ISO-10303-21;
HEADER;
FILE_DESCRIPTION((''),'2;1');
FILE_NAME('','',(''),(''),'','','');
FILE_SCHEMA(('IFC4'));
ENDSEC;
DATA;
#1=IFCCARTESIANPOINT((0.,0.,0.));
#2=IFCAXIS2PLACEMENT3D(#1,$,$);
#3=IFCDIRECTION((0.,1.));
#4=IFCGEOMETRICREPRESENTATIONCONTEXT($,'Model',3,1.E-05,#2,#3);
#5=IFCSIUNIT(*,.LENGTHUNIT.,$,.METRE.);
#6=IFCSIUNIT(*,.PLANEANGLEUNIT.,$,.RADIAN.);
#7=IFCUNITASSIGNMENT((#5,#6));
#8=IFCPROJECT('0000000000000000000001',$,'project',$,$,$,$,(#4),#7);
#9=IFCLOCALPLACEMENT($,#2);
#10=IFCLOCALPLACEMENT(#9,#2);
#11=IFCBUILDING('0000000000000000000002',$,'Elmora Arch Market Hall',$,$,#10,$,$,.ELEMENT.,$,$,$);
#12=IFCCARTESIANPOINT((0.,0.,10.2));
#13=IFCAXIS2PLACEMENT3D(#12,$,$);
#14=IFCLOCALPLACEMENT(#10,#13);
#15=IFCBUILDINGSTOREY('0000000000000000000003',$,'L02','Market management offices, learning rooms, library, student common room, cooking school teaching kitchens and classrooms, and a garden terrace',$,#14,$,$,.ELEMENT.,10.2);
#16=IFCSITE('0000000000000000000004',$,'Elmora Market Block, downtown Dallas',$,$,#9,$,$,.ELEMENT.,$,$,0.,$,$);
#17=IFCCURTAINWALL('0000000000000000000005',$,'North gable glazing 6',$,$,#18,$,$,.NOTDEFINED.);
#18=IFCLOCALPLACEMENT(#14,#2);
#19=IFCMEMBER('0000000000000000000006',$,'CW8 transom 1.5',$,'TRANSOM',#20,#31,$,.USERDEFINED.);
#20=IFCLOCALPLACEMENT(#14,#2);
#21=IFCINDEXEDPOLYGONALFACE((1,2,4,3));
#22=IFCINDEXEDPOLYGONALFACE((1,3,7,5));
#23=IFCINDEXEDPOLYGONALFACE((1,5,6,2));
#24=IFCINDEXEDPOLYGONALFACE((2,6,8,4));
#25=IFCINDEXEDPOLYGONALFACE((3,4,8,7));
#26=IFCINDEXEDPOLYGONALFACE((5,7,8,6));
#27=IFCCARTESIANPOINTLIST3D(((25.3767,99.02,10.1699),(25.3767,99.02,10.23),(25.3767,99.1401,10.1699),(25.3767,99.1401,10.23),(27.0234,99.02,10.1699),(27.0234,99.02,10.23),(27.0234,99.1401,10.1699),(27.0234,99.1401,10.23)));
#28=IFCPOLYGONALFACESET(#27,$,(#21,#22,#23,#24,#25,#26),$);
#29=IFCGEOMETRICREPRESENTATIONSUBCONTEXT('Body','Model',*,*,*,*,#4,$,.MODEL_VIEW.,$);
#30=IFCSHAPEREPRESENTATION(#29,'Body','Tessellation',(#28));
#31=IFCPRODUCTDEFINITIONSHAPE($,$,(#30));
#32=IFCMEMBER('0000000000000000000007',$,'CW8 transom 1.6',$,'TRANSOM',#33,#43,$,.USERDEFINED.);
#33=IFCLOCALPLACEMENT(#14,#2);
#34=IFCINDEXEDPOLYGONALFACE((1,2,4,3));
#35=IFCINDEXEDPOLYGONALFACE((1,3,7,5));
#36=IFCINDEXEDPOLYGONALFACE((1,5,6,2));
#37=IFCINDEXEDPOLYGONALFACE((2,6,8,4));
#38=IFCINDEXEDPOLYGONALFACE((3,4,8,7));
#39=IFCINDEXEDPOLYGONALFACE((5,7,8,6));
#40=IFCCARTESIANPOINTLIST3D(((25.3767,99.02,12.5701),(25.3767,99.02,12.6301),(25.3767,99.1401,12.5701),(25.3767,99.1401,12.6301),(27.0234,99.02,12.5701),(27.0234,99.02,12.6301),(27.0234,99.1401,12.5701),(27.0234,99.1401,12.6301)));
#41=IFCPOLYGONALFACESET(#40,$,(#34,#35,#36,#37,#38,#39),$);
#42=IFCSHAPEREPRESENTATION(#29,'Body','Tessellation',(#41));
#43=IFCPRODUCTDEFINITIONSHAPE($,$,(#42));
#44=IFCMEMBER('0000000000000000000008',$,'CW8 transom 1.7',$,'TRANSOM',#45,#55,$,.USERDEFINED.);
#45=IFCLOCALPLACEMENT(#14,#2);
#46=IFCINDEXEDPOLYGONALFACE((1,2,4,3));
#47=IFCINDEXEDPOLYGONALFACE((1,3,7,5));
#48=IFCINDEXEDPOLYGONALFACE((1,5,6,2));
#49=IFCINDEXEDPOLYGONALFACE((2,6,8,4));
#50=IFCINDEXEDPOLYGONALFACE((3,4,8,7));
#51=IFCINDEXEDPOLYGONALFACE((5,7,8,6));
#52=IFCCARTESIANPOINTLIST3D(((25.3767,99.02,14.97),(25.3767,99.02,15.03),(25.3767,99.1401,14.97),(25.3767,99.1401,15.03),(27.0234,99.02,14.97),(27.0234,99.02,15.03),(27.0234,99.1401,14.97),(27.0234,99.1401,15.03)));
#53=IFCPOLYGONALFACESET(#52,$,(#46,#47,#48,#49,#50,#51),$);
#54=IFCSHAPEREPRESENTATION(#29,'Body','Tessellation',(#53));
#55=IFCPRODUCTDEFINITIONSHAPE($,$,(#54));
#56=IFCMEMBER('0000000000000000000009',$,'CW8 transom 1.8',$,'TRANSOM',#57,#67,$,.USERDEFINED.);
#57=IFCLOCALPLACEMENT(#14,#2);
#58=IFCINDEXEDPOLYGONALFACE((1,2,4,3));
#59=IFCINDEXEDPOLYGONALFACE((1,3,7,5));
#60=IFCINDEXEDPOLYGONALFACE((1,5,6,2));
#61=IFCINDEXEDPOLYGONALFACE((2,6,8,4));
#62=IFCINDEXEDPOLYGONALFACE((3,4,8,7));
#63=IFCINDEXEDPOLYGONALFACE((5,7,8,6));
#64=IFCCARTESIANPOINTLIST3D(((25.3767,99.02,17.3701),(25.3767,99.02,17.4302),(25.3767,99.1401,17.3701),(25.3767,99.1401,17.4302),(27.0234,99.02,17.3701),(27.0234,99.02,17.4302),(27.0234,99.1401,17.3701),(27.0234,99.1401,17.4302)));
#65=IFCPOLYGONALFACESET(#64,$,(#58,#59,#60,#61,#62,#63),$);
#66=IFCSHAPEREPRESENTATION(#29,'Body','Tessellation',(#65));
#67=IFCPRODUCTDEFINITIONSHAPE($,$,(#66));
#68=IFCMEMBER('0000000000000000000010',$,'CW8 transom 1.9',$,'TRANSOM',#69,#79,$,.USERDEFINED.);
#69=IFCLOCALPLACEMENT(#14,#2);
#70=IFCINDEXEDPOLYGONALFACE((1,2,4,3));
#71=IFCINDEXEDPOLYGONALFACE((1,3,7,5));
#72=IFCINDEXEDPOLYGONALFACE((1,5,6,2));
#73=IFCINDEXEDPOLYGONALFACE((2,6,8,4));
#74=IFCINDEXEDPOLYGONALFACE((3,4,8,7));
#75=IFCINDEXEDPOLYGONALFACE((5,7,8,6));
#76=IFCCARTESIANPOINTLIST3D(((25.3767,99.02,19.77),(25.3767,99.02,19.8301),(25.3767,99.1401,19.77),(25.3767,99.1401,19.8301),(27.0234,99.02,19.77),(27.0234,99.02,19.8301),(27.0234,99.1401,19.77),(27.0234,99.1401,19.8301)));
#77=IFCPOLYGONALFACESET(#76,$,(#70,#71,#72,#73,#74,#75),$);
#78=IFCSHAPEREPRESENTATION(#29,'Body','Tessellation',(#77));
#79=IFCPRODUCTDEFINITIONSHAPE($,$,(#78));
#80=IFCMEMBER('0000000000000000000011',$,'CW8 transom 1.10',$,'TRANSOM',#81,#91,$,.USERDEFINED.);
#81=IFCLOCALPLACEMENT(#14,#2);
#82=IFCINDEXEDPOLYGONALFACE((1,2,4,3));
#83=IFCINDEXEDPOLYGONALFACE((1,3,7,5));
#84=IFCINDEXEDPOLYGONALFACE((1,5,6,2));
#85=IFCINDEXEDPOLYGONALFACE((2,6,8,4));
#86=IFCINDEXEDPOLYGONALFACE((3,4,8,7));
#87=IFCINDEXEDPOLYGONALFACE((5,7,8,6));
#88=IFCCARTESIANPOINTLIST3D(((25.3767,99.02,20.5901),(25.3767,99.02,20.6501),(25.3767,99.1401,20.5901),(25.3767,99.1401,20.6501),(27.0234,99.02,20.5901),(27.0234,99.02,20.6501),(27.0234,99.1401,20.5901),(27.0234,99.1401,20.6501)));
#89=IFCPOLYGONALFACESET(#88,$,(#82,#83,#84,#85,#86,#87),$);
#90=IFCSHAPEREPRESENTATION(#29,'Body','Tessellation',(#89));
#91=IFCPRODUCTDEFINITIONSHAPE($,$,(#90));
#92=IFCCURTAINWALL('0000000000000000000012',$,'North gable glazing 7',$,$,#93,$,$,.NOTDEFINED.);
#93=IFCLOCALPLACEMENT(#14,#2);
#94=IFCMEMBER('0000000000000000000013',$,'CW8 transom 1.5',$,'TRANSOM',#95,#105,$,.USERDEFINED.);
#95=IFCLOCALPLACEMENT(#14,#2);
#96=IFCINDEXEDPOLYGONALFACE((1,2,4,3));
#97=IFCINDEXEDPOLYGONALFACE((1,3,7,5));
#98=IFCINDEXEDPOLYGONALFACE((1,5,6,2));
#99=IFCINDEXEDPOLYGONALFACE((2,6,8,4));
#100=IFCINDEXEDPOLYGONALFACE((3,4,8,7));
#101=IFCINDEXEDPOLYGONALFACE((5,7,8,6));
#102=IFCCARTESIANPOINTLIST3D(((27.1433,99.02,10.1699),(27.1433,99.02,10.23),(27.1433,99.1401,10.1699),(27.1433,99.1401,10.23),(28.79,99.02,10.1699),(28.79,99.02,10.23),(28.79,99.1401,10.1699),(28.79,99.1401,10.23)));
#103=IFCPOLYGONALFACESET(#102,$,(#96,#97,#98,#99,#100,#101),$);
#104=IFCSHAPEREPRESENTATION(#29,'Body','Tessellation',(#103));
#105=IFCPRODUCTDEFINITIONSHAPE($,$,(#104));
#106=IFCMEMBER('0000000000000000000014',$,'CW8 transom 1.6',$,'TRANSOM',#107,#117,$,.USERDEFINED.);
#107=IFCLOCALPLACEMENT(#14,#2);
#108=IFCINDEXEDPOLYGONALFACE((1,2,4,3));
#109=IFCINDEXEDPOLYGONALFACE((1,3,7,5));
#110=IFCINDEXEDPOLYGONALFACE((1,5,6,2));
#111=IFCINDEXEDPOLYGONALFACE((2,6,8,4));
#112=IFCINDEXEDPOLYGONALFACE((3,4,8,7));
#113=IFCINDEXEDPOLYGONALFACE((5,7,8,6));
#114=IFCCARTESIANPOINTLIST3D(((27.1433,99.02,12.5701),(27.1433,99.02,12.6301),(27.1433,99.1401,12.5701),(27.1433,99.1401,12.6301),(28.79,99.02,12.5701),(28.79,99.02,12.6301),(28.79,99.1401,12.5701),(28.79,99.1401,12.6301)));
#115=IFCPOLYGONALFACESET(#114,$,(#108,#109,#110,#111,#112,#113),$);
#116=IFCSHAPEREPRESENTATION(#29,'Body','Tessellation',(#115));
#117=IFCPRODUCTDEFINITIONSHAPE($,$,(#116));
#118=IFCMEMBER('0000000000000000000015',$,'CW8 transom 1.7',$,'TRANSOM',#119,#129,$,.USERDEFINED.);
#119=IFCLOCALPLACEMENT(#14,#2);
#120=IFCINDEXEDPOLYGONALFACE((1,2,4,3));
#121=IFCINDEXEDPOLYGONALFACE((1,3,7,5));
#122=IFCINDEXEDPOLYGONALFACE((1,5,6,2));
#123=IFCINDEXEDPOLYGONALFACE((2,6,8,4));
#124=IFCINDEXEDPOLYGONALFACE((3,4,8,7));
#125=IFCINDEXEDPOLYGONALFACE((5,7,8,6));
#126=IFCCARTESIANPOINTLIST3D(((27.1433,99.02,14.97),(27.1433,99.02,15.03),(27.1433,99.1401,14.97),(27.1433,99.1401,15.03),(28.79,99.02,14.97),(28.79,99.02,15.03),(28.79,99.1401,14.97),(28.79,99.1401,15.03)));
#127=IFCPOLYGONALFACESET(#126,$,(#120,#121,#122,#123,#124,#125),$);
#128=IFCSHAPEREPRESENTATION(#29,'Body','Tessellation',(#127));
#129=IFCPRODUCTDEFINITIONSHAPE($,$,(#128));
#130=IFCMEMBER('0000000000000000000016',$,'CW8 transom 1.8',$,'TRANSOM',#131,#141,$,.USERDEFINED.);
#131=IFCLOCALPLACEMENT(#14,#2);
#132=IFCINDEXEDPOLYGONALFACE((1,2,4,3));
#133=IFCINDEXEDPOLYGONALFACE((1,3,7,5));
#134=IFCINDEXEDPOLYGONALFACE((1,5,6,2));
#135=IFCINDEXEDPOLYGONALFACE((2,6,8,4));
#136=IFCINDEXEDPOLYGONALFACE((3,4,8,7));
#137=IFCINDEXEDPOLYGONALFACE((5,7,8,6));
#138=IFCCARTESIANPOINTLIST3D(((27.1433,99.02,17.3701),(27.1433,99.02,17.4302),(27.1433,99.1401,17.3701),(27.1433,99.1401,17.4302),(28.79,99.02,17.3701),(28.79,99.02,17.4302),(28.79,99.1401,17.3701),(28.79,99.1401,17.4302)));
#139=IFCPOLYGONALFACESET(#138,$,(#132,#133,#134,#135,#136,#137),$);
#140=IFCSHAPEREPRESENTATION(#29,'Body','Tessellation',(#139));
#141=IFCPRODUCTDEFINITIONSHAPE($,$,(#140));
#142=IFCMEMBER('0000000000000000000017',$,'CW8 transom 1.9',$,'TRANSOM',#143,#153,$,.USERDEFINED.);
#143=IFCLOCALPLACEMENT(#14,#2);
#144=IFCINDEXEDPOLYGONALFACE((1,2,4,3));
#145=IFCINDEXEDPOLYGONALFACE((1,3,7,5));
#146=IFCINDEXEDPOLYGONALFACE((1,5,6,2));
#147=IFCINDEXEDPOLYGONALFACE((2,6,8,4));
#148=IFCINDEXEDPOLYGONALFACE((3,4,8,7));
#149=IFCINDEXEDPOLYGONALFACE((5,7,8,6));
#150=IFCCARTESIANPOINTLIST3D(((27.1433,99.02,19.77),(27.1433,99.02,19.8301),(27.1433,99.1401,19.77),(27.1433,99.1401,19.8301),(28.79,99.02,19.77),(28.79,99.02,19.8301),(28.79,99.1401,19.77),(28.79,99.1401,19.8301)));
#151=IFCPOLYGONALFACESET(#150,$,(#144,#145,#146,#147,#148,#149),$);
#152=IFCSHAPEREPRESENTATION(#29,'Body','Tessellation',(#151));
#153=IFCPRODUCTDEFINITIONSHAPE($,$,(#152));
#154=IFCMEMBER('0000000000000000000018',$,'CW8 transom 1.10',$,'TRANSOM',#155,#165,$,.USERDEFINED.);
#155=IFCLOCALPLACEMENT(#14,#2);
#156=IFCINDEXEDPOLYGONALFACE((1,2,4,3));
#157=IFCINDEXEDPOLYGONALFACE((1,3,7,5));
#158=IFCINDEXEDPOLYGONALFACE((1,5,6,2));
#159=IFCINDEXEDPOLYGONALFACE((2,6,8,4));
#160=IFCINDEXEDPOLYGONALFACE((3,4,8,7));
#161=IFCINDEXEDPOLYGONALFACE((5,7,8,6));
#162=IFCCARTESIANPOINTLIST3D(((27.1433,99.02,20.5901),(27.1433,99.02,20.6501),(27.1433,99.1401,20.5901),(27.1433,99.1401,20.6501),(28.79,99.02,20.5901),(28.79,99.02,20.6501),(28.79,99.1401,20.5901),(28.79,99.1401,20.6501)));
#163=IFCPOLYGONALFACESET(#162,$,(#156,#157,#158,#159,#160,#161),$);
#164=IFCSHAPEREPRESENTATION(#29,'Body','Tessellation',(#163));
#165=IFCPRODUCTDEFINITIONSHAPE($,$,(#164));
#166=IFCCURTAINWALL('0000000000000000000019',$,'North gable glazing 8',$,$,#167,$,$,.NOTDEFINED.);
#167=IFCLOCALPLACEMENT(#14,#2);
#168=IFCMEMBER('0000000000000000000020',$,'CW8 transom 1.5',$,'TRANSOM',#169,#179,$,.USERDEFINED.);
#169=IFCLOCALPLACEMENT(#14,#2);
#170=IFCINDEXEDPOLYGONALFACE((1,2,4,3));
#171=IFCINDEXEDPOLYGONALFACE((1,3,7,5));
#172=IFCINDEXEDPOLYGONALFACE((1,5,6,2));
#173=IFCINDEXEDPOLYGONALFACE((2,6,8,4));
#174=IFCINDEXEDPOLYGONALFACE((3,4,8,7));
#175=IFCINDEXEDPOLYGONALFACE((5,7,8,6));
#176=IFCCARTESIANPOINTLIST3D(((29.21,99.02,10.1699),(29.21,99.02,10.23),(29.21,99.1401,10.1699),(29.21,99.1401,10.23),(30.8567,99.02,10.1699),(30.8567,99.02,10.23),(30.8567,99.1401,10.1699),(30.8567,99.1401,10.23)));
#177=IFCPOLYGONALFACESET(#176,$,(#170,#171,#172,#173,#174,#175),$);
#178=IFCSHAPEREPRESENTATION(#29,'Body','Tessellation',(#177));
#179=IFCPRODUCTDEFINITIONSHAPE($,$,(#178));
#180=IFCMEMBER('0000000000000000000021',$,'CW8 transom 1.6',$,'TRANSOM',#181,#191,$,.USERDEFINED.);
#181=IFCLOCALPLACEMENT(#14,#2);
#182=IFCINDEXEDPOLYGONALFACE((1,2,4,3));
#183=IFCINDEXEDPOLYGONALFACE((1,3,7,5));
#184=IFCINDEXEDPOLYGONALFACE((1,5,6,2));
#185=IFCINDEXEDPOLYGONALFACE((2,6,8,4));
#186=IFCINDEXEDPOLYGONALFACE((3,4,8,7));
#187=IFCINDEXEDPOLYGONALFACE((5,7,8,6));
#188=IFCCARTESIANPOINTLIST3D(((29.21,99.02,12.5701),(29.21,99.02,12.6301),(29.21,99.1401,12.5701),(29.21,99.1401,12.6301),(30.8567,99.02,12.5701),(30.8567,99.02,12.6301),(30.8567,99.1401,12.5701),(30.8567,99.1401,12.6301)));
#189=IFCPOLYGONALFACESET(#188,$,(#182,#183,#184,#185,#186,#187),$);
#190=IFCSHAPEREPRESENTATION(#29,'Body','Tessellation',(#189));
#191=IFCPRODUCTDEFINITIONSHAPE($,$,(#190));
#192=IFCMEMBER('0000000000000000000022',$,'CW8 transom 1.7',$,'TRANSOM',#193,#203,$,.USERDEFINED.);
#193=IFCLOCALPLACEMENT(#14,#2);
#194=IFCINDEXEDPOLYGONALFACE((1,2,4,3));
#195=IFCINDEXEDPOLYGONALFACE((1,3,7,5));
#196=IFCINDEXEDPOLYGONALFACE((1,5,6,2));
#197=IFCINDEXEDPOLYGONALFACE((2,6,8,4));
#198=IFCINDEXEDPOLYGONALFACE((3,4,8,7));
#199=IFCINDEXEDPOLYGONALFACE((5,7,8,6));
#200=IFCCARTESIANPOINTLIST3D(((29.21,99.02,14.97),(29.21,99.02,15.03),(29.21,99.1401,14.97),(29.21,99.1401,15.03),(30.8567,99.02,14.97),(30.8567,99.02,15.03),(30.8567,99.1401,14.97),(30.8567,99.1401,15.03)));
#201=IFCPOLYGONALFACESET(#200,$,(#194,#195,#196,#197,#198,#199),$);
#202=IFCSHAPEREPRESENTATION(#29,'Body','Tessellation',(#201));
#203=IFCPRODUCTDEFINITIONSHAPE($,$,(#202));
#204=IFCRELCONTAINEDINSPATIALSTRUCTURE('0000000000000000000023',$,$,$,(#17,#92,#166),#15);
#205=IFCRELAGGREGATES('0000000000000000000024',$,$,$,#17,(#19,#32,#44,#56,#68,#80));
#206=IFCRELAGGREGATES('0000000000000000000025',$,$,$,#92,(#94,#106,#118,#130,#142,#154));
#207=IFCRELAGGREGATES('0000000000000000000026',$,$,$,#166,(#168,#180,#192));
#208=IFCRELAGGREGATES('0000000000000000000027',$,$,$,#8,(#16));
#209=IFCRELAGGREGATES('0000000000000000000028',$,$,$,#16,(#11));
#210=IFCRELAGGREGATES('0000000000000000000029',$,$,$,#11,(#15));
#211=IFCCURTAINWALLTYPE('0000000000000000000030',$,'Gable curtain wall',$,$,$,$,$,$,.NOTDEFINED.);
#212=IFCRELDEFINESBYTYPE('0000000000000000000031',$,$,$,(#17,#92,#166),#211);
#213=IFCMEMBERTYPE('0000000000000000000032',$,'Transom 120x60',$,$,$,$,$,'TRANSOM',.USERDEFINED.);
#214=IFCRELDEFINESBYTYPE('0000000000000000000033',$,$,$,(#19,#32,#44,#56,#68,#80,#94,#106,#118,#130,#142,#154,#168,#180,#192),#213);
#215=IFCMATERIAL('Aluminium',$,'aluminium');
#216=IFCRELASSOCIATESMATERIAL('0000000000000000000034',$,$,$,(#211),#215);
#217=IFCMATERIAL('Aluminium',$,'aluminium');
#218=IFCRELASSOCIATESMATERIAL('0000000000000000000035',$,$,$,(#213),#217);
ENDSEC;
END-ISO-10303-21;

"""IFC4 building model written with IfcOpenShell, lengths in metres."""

from ifc_helpers import new_model, si_unit, direction, frame, origin, origin_2d, place, context, subcontext, project, spatial, rectangle, extrude, material, material_profile, profile_set, type_object, element, aggregate, save


model = new_model("IFC4")

# Units and contexts
model_context = context("Model", 3, precision=1e-05, world=origin(), true_north=direction((0.0, 1.0)))
body_context = subcontext(model_context, "Body", "Model", "MODEL_VIEW")
ifc_project = project(units=[si_unit("LENGTHUNIT", "METRE"), si_unit("PLANEANGLEUNIT", "RADIAN")], contexts=[model_context])

# Site, building, storey
site_placement = place(None, origin())
site = spatial("IfcSite", under=ifc_project, at=site_placement, Name="Elmora Market Block, downtown Dallas", CompositionType="ELEMENT", RefElevation=0.0)
building_placement = place(site_placement, origin())
building = spatial("IfcBuilding", under=site, at=building_placement, Name="Elmora Arch Market Hall", CompositionType="ELEMENT")
storey_placement = place(building_placement, frame((0.0, 0.0, 10.2)))
storey = spatial("IfcBuildingStorey", under=building, at=storey_placement, Name="L02", Description="Market management offices, learning rooms, library, student common room, cooking school teaching kitchens and classrooms, and a garden terrace", CompositionType="ELEMENT", Elevation=10.2)

# Curtain walls, members
ifc_material_1 = material(Name="Aluminium", Category="aluminium")
curtain_wall_type = type_object("IfcCurtainWallType", Name="Gable curtain wall", PredefinedType="NOTDEFINED", material=ifc_material_1)
curtain_wall_1_placement = place(storey_placement, origin())
curtain_wall_1 = element("IfcCurtainWall", 1, at=curtain_wall_1_placement, inside=storey, type_object=curtain_wall_type, Name="North gable glazing 6", PredefinedType="NOTDEFINED")
ifc_material_2 = material(Name="Aluminium", Category="aluminium")
ifc_material_profile = material_profile(ifc_material_2, rectangle(XDim=0.1201, YDim=0.0601, at=origin_2d()), Name="AL 120x60")
ifc_profile_set = profile_set([ifc_material_profile], Name="Aluminium")
member_type = type_object("IfcMemberType", Name="Transom 120x60", ElementType="TRANSOM", PredefinedType="USERDEFINED", material=ifc_profile_set)
member_1_placement = place(storey_placement, frame((25.3767, 99.0801, 10.2), z_axis=(1.0, 0.0, 0.0), x_axis=(0.0, 1.0, 0.0)))
member_1 = element("IfcMember", 2, at=member_1_placement, type_object=member_type, Name="CW8 transom 1.5", ObjectType="TRANSOM", PredefinedType="USERDEFINED", context=body_context, shape_type="SweptSolid", body=[
    extrude(rectangle(XDim=0.1201, YDim=0.0601, at=origin_2d()), origin(), (0.0, 0.0, 1.0), 1.6467),
])
member_2_placement = place(storey_placement, frame((25.3767, 99.0801, 12.6001), z_axis=(1.0, 0.0, 0.0), x_axis=(0.0, 1.0, 0.0)))
member_2 = element("IfcMember", 3, at=member_2_placement, type_object=member_type, Name="CW8 transom 1.6", ObjectType="TRANSOM", PredefinedType="USERDEFINED", context=body_context, shape_type="SweptSolid", body=[
    extrude(rectangle(XDim=0.1201, YDim=0.0601, at=origin_2d()), origin(), (0.0, 0.0, 1.0), 1.6467),
])
member_3_placement = place(storey_placement, frame((25.3767, 99.0801, 15.0), z_axis=(1.0, 0.0, 0.0), x_axis=(0.0, 1.0, 0.0)))
member_3 = element("IfcMember", 4, at=member_3_placement, type_object=member_type, Name="CW8 transom 1.7", ObjectType="TRANSOM", PredefinedType="USERDEFINED", context=body_context, shape_type="SweptSolid", body=[
    extrude(rectangle(XDim=0.1201, YDim=0.0601, at=origin_2d()), origin(), (0.0, 0.0, 1.0), 1.6467),
])
member_4_placement = place(storey_placement, frame((25.3767, 99.0801, 17.4001), z_axis=(1.0, 0.0, 0.0), x_axis=(0.0, 1.0, 0.0)))
member_4 = element("IfcMember", 5, at=member_4_placement, type_object=member_type, Name="CW8 transom 1.8", ObjectType="TRANSOM", PredefinedType="USERDEFINED", context=body_context, shape_type="SweptSolid", body=[
    extrude(rectangle(XDim=0.1201, YDim=0.0601, at=origin_2d()), origin(), (0.0, 0.0, 1.0), 1.6467),
])
member_5_placement = place(storey_placement, frame((25.3767, 99.0801, 19.8), z_axis=(1.0, 0.0, 0.0), x_axis=(0.0, 1.0, 0.0)))
member_5 = element("IfcMember", 6, at=member_5_placement, type_object=member_type, Name="CW8 transom 1.9", ObjectType="TRANSOM", PredefinedType="USERDEFINED", context=body_context, shape_type="SweptSolid", body=[
    extrude(rectangle(XDim=0.1201, YDim=0.0601, at=origin_2d()), origin(), (0.0, 0.0, 1.0), 1.6467),
])
member_6_placement = place(storey_placement, frame((25.3767, 99.0801, 20.6201), z_axis=(1.0, 0.0, 0.0), x_axis=(0.0, 1.0, 0.0)))
member_6 = element("IfcMember", 7, at=member_6_placement, type_object=member_type, Name="CW8 transom 1.10", ObjectType="TRANSOM", PredefinedType="USERDEFINED", context=body_context, shape_type="SweptSolid", body=[
    extrude(rectangle(XDim=0.1201, YDim=0.0601, at=origin_2d()), origin(), (0.0, 0.0, 1.0), 1.6467),
])
curtain_wall_2_placement = place(storey_placement, origin())
curtain_wall_2 = element("IfcCurtainWall", 8, at=curtain_wall_2_placement, inside=storey, type_object=curtain_wall_type, Name="North gable glazing 7", PredefinedType="NOTDEFINED")
member_7_placement = place(storey_placement, frame((27.1433, 99.0801, 10.2), z_axis=(1.0, 0.0, 0.0), x_axis=(0.0, 1.0, 0.0)))
member_7 = element("IfcMember", 9, at=member_7_placement, type_object=member_type, Name="CW8 transom 1.5", ObjectType="TRANSOM", PredefinedType="USERDEFINED", context=body_context, shape_type="SweptSolid", body=[
    extrude(rectangle(XDim=0.1201, YDim=0.0601, at=origin_2d()), origin(), (0.0, 0.0, 1.0), 1.6467),
])
member_8_placement = place(storey_placement, frame((27.1433, 99.0801, 12.6001), z_axis=(1.0, 0.0, 0.0), x_axis=(0.0, 1.0, 0.0)))
member_8 = element("IfcMember", 10, at=member_8_placement, type_object=member_type, Name="CW8 transom 1.6", ObjectType="TRANSOM", PredefinedType="USERDEFINED", context=body_context, shape_type="SweptSolid", body=[
    extrude(rectangle(XDim=0.1201, YDim=0.0601, at=origin_2d()), origin(), (0.0, 0.0, 1.0), 1.6467),
])
member_9_placement = place(storey_placement, frame((27.1433, 99.0801, 15.0), z_axis=(1.0, 0.0, 0.0), x_axis=(0.0, 1.0, 0.0)))
member_9 = element("IfcMember", 11, at=member_9_placement, type_object=member_type, Name="CW8 transom 1.7", ObjectType="TRANSOM", PredefinedType="USERDEFINED", context=body_context, shape_type="SweptSolid", body=[
    extrude(rectangle(XDim=0.1201, YDim=0.0601, at=origin_2d()), origin(), (0.0, 0.0, 1.0), 1.6467),
])
member_10_placement = place(storey_placement, frame((27.1433, 99.0801, 17.4001), z_axis=(1.0, 0.0, 0.0), x_axis=(0.0, 1.0, 0.0)))
member_10 = element("IfcMember", 12, at=member_10_placement, type_object=member_type, Name="CW8 transom 1.8", ObjectType="TRANSOM", PredefinedType="USERDEFINED", context=body_context, shape_type="SweptSolid", body=[
    extrude(rectangle(XDim=0.1201, YDim=0.0601, at=origin_2d()), origin(), (0.0, 0.0, 1.0), 1.6467),
])
member_11_placement = place(storey_placement, frame((27.1433, 99.0801, 19.8), z_axis=(1.0, 0.0, 0.0), x_axis=(0.0, 1.0, 0.0)))
member_11 = element("IfcMember", 13, at=member_11_placement, type_object=member_type, Name="CW8 transom 1.9", ObjectType="TRANSOM", PredefinedType="USERDEFINED", context=body_context, shape_type="SweptSolid", body=[
    extrude(rectangle(XDim=0.1201, YDim=0.0601, at=origin_2d()), origin(), (0.0, 0.0, 1.0), 1.6467),
])
member_12_placement = place(storey_placement, frame((27.1433, 99.0801, 20.6201), z_axis=(1.0, 0.0, 0.0), x_axis=(0.0, 1.0, 0.0)))
member_12 = element("IfcMember", 14, at=member_12_placement, type_object=member_type, Name="CW8 transom 1.10", ObjectType="TRANSOM", PredefinedType="USERDEFINED", context=body_context, shape_type="SweptSolid", body=[
    extrude(rectangle(XDim=0.1201, YDim=0.0601, at=origin_2d()), origin(), (0.0, 0.0, 1.0), 1.6467),
])
curtain_wall_3_placement = place(storey_placement, origin())
curtain_wall_3 = element("IfcCurtainWall", 15, at=curtain_wall_3_placement, inside=storey, type_object=curtain_wall_type, Name="North gable glazing 8", PredefinedType="NOTDEFINED")
member_13_placement = place(storey_placement, frame((29.21, 99.0801, 10.2), z_axis=(1.0, 0.0, 0.0), x_axis=(0.0, 1.0, 0.0)))
member_13 = element("IfcMember", 16, at=member_13_placement, type_object=member_type, Name="CW8 transom 1.5", ObjectType="TRANSOM", PredefinedType="USERDEFINED", context=body_context, shape_type="SweptSolid", body=[
    extrude(rectangle(XDim=0.1201, YDim=0.0601, at=origin_2d()), origin(), (0.0, 0.0, 1.0), 1.6467),
])
member_14_placement = place(storey_placement, frame((29.21, 99.0801, 12.6001), z_axis=(1.0, 0.0, 0.0), x_axis=(0.0, 1.0, 0.0)))
member_14 = element("IfcMember", 17, at=member_14_placement, type_object=member_type, Name="CW8 transom 1.6", ObjectType="TRANSOM", PredefinedType="USERDEFINED", context=body_context, shape_type="SweptSolid", body=[
    extrude(rectangle(XDim=0.1201, YDim=0.0601, at=origin_2d()), origin(), (0.0, 0.0, 1.0), 1.6467),
])
member_15_placement = place(storey_placement, frame((29.21, 99.0801, 15.0), z_axis=(1.0, 0.0, 0.0), x_axis=(0.0, 1.0, 0.0)))
member_15 = element("IfcMember", 18, at=member_15_placement, type_object=member_type, Name="CW8 transom 1.7", ObjectType="TRANSOM", PredefinedType="USERDEFINED", context=body_context, shape_type="SweptSolid", body=[
    extrude(rectangle(XDim=0.1201, YDim=0.0601, at=origin_2d()), origin(), (0.0, 0.0, 1.0), 1.6467),
])

aggregate(curtain_wall_1, [member_1, member_2, member_3, member_4, member_5, member_6])
aggregate(curtain_wall_2, [member_7, member_8, member_9, member_10, member_11, member_12])
aggregate(curtain_wall_3, [member_13, member_14, member_15])

save(model, "model.ifc")
